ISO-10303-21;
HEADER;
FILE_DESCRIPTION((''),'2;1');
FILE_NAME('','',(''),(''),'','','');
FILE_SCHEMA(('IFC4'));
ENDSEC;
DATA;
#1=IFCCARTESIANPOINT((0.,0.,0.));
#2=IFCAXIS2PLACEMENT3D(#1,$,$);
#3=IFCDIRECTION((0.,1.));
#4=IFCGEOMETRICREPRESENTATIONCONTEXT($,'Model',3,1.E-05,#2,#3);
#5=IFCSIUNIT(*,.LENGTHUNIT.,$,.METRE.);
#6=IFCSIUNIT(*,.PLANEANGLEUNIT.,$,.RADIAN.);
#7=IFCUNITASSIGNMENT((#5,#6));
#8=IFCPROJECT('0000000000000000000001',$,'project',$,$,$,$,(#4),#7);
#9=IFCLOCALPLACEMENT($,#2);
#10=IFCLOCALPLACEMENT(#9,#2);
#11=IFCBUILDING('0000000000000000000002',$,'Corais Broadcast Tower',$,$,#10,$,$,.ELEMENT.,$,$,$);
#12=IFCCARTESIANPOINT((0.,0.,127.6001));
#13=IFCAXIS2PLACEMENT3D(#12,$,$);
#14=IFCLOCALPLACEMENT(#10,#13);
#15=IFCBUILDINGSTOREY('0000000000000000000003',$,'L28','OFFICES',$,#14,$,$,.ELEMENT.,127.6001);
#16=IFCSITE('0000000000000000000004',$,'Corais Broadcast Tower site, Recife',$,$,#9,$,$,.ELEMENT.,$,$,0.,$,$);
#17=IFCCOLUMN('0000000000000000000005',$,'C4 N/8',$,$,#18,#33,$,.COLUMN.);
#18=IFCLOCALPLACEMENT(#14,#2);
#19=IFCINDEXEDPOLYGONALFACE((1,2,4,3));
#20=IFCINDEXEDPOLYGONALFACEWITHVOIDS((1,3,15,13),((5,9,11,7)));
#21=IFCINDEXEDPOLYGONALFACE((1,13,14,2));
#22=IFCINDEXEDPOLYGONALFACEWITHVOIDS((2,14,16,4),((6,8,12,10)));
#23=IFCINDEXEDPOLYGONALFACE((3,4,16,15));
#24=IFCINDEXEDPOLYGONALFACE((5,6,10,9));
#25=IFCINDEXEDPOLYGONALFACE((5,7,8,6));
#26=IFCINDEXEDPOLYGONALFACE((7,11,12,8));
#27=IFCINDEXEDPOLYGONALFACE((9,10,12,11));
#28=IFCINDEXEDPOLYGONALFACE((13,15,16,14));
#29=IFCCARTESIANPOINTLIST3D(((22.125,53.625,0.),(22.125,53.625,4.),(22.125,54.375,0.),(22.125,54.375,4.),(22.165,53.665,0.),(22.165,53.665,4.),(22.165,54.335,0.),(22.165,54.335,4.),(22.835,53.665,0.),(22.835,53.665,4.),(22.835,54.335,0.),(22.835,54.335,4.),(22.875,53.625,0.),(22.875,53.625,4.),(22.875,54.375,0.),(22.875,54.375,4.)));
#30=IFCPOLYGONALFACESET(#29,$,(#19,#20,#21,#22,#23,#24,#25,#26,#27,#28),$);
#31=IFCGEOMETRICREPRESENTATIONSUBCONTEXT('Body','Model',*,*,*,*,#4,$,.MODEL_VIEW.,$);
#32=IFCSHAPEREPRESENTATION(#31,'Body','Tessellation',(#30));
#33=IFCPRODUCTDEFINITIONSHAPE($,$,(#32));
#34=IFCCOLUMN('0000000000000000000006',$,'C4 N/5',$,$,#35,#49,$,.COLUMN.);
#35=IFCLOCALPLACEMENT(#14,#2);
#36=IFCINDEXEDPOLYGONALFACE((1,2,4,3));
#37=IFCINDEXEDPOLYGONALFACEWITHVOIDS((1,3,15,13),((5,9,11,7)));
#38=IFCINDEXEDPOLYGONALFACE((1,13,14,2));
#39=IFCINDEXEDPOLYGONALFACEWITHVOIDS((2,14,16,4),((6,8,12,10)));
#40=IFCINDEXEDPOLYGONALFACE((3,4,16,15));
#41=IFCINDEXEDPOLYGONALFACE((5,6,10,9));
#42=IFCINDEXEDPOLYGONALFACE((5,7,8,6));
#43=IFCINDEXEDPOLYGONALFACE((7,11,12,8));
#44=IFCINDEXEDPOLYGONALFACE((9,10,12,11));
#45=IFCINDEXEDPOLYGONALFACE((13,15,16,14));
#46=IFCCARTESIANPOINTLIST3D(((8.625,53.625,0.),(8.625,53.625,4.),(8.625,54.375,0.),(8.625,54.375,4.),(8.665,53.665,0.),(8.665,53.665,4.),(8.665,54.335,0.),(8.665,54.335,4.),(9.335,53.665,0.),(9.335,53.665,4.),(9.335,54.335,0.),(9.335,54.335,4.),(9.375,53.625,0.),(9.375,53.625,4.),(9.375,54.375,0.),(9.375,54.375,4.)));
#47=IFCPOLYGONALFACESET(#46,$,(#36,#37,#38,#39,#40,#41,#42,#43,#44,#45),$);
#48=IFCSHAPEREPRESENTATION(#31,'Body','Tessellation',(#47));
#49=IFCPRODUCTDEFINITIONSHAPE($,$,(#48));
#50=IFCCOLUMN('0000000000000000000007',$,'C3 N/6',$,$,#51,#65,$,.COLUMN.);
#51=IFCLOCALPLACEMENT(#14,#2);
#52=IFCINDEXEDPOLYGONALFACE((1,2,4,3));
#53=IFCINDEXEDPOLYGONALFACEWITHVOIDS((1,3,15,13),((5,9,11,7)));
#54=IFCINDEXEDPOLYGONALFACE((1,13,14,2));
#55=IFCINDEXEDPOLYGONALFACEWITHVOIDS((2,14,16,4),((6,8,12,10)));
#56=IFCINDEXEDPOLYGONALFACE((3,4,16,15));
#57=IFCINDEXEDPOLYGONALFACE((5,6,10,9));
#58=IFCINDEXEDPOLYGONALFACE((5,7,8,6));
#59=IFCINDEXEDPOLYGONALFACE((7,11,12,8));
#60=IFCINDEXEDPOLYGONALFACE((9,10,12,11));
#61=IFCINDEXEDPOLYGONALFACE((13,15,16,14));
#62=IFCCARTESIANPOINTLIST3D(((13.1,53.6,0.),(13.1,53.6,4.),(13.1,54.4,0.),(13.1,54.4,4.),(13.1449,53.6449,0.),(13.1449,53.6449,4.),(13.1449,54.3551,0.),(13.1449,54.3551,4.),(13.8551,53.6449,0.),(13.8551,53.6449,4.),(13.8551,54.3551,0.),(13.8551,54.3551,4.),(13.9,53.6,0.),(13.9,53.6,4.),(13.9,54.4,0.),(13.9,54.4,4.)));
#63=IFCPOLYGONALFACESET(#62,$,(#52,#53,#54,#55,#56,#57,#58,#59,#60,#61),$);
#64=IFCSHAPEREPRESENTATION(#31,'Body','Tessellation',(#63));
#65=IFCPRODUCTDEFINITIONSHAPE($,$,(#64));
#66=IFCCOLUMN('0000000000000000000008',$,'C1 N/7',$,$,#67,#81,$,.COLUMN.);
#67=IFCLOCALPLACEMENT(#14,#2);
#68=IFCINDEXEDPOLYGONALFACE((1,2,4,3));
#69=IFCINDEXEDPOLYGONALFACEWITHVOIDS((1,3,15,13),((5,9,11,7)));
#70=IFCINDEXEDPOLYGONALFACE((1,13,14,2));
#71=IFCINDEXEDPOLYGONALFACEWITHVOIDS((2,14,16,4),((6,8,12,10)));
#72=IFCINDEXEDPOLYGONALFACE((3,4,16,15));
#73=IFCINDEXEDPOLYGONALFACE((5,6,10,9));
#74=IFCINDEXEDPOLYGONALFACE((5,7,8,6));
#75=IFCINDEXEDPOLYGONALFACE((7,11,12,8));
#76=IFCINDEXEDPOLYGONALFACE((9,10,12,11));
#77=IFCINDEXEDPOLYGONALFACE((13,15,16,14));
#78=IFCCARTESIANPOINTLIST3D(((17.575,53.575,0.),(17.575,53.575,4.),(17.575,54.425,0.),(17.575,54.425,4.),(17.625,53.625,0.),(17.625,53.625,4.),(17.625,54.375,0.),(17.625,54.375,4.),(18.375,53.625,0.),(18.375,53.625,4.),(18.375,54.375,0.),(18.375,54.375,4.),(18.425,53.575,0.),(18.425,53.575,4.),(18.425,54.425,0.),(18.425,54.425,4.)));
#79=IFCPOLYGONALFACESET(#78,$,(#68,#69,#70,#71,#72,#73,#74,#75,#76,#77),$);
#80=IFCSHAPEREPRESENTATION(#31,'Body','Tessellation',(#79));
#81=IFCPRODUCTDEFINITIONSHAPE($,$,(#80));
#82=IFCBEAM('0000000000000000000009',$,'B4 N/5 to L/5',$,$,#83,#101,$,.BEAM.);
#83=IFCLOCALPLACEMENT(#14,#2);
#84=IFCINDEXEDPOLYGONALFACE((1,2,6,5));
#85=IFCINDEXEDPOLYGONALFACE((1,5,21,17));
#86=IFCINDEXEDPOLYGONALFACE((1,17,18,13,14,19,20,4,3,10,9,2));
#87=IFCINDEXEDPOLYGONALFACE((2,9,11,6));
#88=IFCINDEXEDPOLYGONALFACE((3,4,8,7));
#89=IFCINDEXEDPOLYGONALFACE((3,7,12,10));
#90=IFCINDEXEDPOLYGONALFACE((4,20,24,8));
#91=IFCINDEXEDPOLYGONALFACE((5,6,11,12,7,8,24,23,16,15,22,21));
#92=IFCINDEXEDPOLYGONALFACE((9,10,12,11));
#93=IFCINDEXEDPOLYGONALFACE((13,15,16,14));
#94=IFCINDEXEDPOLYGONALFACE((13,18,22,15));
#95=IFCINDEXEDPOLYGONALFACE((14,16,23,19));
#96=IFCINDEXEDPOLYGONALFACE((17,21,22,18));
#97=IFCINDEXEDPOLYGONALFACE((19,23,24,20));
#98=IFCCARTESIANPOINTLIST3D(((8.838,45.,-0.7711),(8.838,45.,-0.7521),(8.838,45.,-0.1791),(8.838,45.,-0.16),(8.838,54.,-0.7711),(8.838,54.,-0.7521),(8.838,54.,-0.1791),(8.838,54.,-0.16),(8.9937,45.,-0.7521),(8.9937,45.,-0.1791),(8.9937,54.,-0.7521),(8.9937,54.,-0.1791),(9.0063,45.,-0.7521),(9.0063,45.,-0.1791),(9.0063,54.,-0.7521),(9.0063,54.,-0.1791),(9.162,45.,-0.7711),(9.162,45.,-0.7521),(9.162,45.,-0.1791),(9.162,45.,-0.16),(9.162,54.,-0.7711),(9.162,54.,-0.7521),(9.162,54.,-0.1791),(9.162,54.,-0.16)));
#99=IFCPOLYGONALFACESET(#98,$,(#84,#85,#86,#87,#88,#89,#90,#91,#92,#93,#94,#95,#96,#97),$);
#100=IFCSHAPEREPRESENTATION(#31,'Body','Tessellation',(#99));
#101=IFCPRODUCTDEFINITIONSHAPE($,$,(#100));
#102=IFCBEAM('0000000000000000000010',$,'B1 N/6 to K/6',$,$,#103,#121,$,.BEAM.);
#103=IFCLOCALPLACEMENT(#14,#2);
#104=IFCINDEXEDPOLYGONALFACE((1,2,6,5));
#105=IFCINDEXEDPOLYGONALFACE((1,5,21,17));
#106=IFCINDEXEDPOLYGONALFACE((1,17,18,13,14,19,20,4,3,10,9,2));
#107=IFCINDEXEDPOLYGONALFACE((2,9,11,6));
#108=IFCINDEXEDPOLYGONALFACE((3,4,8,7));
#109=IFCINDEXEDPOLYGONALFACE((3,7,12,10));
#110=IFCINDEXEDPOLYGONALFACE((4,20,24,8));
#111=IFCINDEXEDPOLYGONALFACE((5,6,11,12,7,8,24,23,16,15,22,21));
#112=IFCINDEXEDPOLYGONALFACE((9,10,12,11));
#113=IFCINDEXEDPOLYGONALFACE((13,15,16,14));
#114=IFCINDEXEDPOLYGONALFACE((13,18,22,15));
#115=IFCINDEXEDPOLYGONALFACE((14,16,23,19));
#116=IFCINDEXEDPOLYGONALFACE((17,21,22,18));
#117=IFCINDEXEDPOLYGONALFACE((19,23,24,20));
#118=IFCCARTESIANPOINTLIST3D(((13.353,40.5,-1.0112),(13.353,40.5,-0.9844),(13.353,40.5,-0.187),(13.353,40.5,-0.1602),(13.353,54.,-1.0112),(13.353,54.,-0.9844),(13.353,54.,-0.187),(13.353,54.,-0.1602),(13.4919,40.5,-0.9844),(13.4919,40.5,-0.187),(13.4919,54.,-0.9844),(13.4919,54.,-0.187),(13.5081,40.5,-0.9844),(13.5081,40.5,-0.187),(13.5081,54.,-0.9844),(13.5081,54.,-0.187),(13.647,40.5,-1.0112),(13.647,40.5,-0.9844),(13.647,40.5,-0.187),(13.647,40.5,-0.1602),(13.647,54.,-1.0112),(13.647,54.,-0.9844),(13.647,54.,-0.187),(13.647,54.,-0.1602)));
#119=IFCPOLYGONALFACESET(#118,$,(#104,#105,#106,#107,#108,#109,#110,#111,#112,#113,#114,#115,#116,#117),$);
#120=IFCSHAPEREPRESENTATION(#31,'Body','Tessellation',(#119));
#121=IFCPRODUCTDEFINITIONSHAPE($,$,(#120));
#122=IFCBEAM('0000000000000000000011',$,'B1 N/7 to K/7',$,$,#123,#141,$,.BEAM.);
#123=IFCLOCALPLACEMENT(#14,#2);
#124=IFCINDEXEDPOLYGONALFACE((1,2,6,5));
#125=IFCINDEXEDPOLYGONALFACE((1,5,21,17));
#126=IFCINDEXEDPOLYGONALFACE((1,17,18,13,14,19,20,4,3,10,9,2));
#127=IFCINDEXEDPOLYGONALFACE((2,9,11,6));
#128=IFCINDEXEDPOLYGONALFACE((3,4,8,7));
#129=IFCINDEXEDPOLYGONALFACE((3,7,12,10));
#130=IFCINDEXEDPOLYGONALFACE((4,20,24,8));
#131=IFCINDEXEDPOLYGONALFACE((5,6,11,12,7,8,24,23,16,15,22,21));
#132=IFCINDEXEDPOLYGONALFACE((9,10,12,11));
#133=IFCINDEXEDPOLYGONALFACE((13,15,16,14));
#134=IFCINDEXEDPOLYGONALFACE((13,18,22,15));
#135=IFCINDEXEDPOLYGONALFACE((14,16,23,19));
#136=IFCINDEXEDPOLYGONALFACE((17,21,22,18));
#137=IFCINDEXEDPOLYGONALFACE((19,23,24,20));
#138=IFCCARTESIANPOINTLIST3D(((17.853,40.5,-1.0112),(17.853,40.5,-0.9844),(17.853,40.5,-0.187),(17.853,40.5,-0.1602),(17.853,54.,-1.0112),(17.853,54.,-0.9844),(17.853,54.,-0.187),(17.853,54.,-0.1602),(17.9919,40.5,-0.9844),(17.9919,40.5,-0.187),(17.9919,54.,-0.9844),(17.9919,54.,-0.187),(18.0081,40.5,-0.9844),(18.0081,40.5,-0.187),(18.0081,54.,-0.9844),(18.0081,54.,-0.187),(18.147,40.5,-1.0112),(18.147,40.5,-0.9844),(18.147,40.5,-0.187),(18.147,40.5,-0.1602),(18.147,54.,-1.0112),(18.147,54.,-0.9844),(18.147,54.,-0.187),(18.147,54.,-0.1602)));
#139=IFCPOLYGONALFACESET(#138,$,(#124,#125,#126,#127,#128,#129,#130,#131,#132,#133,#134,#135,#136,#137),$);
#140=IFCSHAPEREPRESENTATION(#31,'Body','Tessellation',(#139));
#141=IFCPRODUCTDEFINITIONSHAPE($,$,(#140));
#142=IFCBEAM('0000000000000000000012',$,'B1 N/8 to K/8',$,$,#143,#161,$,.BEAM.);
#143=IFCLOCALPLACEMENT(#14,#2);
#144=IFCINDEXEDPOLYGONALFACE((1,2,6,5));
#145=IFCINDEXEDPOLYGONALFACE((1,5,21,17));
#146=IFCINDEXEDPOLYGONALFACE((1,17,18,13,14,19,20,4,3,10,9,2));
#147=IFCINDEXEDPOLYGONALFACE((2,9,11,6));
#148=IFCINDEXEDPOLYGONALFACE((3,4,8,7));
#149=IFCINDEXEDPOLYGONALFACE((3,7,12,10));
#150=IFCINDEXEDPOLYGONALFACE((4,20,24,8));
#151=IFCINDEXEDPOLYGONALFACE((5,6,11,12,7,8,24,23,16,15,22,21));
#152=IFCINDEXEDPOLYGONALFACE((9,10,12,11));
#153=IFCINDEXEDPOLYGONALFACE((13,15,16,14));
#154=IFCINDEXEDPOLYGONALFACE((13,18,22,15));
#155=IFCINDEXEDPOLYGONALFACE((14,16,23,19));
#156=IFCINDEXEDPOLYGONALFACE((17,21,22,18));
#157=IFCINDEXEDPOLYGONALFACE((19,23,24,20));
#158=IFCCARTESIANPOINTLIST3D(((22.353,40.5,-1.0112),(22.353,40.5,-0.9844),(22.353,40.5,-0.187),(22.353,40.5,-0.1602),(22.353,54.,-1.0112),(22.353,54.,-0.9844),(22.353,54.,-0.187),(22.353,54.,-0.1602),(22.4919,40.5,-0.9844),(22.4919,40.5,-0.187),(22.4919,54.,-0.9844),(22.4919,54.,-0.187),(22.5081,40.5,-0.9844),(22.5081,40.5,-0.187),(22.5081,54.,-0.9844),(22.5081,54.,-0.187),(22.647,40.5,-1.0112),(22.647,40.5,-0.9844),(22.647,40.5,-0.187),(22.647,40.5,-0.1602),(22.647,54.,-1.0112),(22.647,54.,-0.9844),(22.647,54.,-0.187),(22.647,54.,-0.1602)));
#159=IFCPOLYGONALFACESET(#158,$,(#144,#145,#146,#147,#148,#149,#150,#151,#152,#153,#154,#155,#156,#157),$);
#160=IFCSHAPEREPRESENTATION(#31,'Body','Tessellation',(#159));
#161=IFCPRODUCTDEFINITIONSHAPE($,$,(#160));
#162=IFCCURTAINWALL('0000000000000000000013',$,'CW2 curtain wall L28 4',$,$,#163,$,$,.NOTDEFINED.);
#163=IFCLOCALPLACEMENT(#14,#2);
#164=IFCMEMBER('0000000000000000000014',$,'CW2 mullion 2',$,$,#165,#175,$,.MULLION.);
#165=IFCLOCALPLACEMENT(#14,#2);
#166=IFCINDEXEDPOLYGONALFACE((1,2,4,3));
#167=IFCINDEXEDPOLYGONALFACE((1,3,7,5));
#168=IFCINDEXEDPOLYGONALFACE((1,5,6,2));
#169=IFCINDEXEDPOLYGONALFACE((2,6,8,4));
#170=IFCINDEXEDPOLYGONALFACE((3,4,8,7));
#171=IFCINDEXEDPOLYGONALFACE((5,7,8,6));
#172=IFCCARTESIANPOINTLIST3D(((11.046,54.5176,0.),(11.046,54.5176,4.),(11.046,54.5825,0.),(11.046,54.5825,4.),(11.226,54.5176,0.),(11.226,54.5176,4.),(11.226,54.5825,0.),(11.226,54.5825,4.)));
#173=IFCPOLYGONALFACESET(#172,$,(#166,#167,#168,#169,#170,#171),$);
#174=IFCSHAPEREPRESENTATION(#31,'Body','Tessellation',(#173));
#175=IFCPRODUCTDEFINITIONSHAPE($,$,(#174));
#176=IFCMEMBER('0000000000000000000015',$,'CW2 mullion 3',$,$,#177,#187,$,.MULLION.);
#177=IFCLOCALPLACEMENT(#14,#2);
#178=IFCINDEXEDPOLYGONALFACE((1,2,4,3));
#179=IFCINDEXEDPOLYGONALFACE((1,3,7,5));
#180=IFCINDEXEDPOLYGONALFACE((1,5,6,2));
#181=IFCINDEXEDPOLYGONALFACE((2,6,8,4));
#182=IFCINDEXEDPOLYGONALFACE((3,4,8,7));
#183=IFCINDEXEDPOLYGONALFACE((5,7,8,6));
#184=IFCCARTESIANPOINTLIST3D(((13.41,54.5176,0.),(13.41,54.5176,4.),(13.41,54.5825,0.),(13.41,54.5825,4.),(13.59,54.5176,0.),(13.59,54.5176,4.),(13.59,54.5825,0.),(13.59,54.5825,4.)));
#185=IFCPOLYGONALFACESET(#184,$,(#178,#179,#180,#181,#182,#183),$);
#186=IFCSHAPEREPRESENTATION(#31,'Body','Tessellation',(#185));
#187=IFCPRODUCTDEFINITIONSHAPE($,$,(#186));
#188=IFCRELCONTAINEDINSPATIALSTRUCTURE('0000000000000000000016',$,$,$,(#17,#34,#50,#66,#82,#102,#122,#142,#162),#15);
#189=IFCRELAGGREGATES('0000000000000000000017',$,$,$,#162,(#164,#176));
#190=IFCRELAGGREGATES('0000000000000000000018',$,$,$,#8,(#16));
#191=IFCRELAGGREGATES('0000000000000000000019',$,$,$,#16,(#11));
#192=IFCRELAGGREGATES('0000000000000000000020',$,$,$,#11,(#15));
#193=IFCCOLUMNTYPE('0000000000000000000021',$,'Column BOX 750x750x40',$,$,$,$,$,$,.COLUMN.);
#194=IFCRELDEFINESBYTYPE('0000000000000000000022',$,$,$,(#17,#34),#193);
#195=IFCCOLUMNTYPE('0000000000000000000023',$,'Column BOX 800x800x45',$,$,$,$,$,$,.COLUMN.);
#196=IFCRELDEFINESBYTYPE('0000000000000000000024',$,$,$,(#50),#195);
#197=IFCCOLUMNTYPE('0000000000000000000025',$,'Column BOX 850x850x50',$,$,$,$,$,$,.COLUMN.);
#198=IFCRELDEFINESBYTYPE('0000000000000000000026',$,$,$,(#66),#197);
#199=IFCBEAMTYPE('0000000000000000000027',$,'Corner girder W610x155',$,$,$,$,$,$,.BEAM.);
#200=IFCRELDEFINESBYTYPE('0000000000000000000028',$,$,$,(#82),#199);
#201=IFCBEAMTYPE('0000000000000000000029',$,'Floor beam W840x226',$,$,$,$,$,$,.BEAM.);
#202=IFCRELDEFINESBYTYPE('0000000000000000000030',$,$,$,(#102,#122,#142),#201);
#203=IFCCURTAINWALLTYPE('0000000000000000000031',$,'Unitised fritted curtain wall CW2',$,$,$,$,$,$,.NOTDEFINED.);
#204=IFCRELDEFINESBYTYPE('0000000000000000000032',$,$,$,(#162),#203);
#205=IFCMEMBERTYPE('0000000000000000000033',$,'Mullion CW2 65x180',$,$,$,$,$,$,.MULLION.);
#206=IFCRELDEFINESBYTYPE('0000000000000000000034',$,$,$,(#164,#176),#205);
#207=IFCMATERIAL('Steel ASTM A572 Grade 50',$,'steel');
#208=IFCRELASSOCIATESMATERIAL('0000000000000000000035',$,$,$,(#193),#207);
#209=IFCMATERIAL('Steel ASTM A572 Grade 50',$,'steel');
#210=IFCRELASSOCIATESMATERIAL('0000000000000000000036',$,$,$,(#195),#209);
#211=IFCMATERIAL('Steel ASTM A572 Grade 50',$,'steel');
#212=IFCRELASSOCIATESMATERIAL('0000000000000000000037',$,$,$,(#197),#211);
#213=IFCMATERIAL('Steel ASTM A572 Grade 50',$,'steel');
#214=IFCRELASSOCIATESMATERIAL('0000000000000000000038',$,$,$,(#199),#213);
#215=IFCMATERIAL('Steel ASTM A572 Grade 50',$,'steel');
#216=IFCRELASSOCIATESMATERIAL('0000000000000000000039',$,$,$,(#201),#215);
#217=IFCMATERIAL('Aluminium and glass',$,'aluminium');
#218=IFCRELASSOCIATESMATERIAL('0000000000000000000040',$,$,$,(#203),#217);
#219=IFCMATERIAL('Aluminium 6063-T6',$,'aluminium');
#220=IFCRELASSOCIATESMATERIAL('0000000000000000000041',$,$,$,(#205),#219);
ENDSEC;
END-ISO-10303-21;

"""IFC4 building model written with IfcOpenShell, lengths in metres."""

from ifc_helpers import new_model, si_unit, direction, frame, origin, origin_2d, place, context, subcontext, project, spatial, rectangle, hollow_rectangle, i_section, extrude, material, material_profile, profile_set, type_object, element, aggregate, save


model = new_model("IFC4")

# Units and contexts
model_context = context("Model", 3, precision=1e-05, world=origin(), true_north=direction((0.0, 1.0)))
body_context = subcontext(model_context, "Body", "Model", "MODEL_VIEW")
ifc_project = project(units=[si_unit("LENGTHUNIT", "METRE"), si_unit("PLANEANGLEUNIT", "RADIAN")], contexts=[model_context])

# Site, building, storey
site_placement = place(None, origin())
site = spatial("IfcSite", under=ifc_project, at=site_placement, Name="Corais Broadcast Tower site, Recife", CompositionType="ELEMENT", RefElevation=0.0)
building_placement = place(site_placement, origin())
building = spatial("IfcBuilding", under=site, at=building_placement, Name="Corais Broadcast Tower", CompositionType="ELEMENT")
storey_placement = place(building_placement, frame((0.0, 0.0, 127.6001)))
storey = spatial("IfcBuildingStorey", under=building, at=storey_placement, Name="L28", Description="OFFICES", CompositionType="ELEMENT", Elevation=127.6001)

# Columns
ifc_material_1 = material(Name="Steel ASTM A572 Grade 50", Category="steel")
ifc_material_profile_1 = material_profile(ifc_material_1, hollow_rectangle(XDim=0.75, YDim=0.75, WallThickness=0.04, at=origin_2d()), Name="BOX 750x750x40")
ifc_profile_set_1 = profile_set([ifc_material_profile_1], Name="Steel ASTM A572 Grade 50")
column_type_1 = type_object("IfcColumnType", Name="Column BOX 750x750x40", PredefinedType="COLUMN", material=ifc_profile_set_1)
for number, where, z_axis, x_axis, name in (
    (1, (22.5, 54.0, 0.0), (0.0, 0.0, 1.0), (1.0, 0.0, 0.0), "C4 N/8"),
    (2, (9.0, 54.0, 0.0), (0.0, 0.0, 1.0), (1.0, 0.0, 0.0), "C4 N/5"),
):
    element("IfcColumn", number, at=place(storey_placement, frame(where, z_axis=z_axis, x_axis=x_axis)), inside=storey, type_object=column_type_1, Name=name, PredefinedType="COLUMN", context=body_context, shape_type="SweptSolid", body=[
        extrude(hollow_rectangle(XDim=0.75, YDim=0.75, WallThickness=0.04, at=origin_2d()), origin(), (0.0, 0.0, 1.0), 4.0),
    ])
ifc_material_2 = material(Name="Steel ASTM A572 Grade 50", Category="steel")
ifc_material_profile_2 = material_profile(ifc_material_2, hollow_rectangle(XDim=0.8, YDim=0.8, WallThickness=0.0449, at=origin_2d()), Name="BOX 800x800x45")
ifc_profile_set_2 = profile_set([ifc_material_profile_2], Name="Steel ASTM A572 Grade 50")
column_type_2 = type_object("IfcColumnType", Name="Column BOX 800x800x45", PredefinedType="COLUMN", material=ifc_profile_set_2)
column_1_placement = place(storey_placement, frame((13.5, 54.0, 0.0), z_axis=(0.0, 0.0, 1.0), x_axis=(1.0, 0.0, 0.0)))
element("IfcColumn", 3, at=column_1_placement, inside=storey, type_object=column_type_2, Name="C3 N/6", PredefinedType="COLUMN", context=body_context, shape_type="SweptSolid", body=[
    extrude(hollow_rectangle(XDim=0.8, YDim=0.8, WallThickness=0.0449, at=origin_2d()), origin(), (0.0, 0.0, 1.0), 4.0),
])
ifc_material_3 = material(Name="Steel ASTM A572 Grade 50", Category="steel")
ifc_material_profile_3 = material_profile(ifc_material_3, hollow_rectangle(XDim=0.8501, YDim=0.8501, WallThickness=0.05, at=origin_2d()), Name="BOX 850x850x50")
ifc_profile_set_3 = profile_set([ifc_material_profile_3], Name="Steel ASTM A572 Grade 50")
column_type_3 = type_object("IfcColumnType", Name="Column BOX 850x850x50", PredefinedType="COLUMN", material=ifc_profile_set_3)
column_2_placement = place(storey_placement, frame((18.0, 54.0, 0.0), z_axis=(0.0, 0.0, 1.0), x_axis=(1.0, 0.0, 0.0)))
element("IfcColumn", 4, at=column_2_placement, inside=storey, type_object=column_type_3, Name="C1 N/7", PredefinedType="COLUMN", context=body_context, shape_type="SweptSolid", body=[
    extrude(hollow_rectangle(XDim=0.8501, YDim=0.8501, WallThickness=0.05, at=origin_2d()), origin(), (0.0, 0.0, 1.0), 4.0),
])

# Beams
ifc_material_4 = material(Name="Steel ASTM A572 Grade 50", Category="steel")
ifc_material_profile_4 = material_profile(ifc_material_4, i_section(OverallWidth=0.324, OverallDepth=0.6111, WebThickness=0.0127, FlangeThickness=0.019, at=origin_2d()), Name="W610x155")
ifc_profile_set_4 = profile_set([ifc_material_profile_4], Name="Steel ASTM A572 Grade 50")
beam_type_1 = type_object("IfcBeamType", Name="Corner girder W610x155", PredefinedType="BEAM", material=ifc_profile_set_4)
beam_1_placement = place(storey_placement, frame((9.0, 54.0, -0.4656), z_axis=(0.0, -1.0, 0.0), x_axis=(1.0, 0.0, 0.0)))
element("IfcBeam", 5, at=beam_1_placement, inside=storey, type_object=beam_type_1, Name="B4 N/5 to L/5", PredefinedType="BEAM", context=body_context, shape_type="SweptSolid", body=[
    extrude(i_section(OverallWidth=0.324, OverallDepth=0.6111, WebThickness=0.0127, FlangeThickness=0.019, at=origin_2d()), origin(), (0.0, 0.0, 1.0), 9.0),
])
ifc_material_5 = material(Name="Steel ASTM A572 Grade 50", Category="steel")
ifc_material_profile_5 = material_profile(ifc_material_5, i_section(OverallWidth=0.2939, OverallDepth=0.8511, WebThickness=0.0161, FlangeThickness=0.0269, at=origin_2d()), Name="W840x226")
ifc_profile_set_5 = profile_set([ifc_material_profile_5], Name="Steel ASTM A572 Grade 50")
beam_type_2 = type_object("IfcBeamType", Name="Floor beam W840x226", PredefinedType="BEAM", material=ifc_profile_set_5)
for number, where, z_axis, x_axis, name in (
    (6, (13.5, 54.0, -0.5857), (0.0, -1.0, 0.0), (1.0, 0.0, 0.0), "B1 N/6 to K/6"),
    (7, (18.0, 54.0, -0.5857), (0.0, -1.0, 0.0), (1.0, 0.0, 0.0), "B1 N/7 to K/7"),
    (8, (22.5, 54.0, -0.5857), (0.0, -1.0, 0.0), (1.0, 0.0, 0.0), "B1 N/8 to K/8"),
):
    element("IfcBeam", number, at=place(storey_placement, frame(where, z_axis=z_axis, x_axis=x_axis)), inside=storey, type_object=beam_type_2, Name=name, PredefinedType="BEAM", context=body_context, shape_type="SweptSolid", body=[
        extrude(i_section(OverallWidth=0.2939, OverallDepth=0.8511, WebThickness=0.0161, FlangeThickness=0.0269, at=origin_2d()), origin(), (0.0, 0.0, 1.0), 13.5),
    ])

# Curtain wall, members
ifc_material_6 = material(Name="Aluminium and glass", Category="aluminium")
curtain_wall_type = type_object("IfcCurtainWallType", Name="Unitised fritted curtain wall CW2", PredefinedType="NOTDEFINED", material=ifc_material_6)
curtain_wall_placement = place(storey_placement, origin())
curtain_wall = element("IfcCurtainWall", 9, at=curtain_wall_placement, inside=storey, type_object=curtain_wall_type, Name="CW2 curtain wall L28 4", PredefinedType="NOTDEFINED")
ifc_material_7 = material(Name="Aluminium 6063-T6", Category="aluminium")
ifc_material_profile_6 = material_profile(ifc_material_7, rectangle(XDim=0.0649, YDim=0.1799, at=origin_2d()), Name="Mullion CW2 65x180")
ifc_profile_set_6 = profile_set([ifc_material_profile_6], Name="Aluminium 6063-T6")
member_type_1 = type_object("IfcMemberType", Name="Mullion CW2 65x180", PredefinedType="MULLION", material=ifc_profile_set_6)
member_1_placement = place(storey_placement, frame((11.136, 54.55, 0.0), z_axis=(0.0, 0.0, 1.0), x_axis=(0.0, 1.0, 0.0)))
member_1 = element("IfcMember", 10, at=member_1_placement, type_object=member_type_1, Name="CW2 mullion 2", PredefinedType="MULLION", context=body_context, shape_type="SweptSolid", body=[
    extrude(rectangle(XDim=0.0649, YDim=0.1799, at=origin_2d()), origin(), (0.0, 0.0, 1.0), 4.0),
])
member_2_placement = place(storey_placement, frame((13.5, 54.55, 0.0), z_axis=(0.0, 0.0, 1.0), x_axis=(0.0, 1.0, 0.0)))
member_2 = element("IfcMember", 11, at=member_2_placement, type_object=member_type_1, Name="CW2 mullion 3", PredefinedType="MULLION", context=body_context, shape_type="SweptSolid", body=[
    extrude(rectangle(XDim=0.0649, YDim=0.1799, at=origin_2d()), origin(), (0.0, 0.0, 1.0), 4.0),
])

aggregate(curtain_wall, [member_1, member_2])

save(model, "model.ifc")
